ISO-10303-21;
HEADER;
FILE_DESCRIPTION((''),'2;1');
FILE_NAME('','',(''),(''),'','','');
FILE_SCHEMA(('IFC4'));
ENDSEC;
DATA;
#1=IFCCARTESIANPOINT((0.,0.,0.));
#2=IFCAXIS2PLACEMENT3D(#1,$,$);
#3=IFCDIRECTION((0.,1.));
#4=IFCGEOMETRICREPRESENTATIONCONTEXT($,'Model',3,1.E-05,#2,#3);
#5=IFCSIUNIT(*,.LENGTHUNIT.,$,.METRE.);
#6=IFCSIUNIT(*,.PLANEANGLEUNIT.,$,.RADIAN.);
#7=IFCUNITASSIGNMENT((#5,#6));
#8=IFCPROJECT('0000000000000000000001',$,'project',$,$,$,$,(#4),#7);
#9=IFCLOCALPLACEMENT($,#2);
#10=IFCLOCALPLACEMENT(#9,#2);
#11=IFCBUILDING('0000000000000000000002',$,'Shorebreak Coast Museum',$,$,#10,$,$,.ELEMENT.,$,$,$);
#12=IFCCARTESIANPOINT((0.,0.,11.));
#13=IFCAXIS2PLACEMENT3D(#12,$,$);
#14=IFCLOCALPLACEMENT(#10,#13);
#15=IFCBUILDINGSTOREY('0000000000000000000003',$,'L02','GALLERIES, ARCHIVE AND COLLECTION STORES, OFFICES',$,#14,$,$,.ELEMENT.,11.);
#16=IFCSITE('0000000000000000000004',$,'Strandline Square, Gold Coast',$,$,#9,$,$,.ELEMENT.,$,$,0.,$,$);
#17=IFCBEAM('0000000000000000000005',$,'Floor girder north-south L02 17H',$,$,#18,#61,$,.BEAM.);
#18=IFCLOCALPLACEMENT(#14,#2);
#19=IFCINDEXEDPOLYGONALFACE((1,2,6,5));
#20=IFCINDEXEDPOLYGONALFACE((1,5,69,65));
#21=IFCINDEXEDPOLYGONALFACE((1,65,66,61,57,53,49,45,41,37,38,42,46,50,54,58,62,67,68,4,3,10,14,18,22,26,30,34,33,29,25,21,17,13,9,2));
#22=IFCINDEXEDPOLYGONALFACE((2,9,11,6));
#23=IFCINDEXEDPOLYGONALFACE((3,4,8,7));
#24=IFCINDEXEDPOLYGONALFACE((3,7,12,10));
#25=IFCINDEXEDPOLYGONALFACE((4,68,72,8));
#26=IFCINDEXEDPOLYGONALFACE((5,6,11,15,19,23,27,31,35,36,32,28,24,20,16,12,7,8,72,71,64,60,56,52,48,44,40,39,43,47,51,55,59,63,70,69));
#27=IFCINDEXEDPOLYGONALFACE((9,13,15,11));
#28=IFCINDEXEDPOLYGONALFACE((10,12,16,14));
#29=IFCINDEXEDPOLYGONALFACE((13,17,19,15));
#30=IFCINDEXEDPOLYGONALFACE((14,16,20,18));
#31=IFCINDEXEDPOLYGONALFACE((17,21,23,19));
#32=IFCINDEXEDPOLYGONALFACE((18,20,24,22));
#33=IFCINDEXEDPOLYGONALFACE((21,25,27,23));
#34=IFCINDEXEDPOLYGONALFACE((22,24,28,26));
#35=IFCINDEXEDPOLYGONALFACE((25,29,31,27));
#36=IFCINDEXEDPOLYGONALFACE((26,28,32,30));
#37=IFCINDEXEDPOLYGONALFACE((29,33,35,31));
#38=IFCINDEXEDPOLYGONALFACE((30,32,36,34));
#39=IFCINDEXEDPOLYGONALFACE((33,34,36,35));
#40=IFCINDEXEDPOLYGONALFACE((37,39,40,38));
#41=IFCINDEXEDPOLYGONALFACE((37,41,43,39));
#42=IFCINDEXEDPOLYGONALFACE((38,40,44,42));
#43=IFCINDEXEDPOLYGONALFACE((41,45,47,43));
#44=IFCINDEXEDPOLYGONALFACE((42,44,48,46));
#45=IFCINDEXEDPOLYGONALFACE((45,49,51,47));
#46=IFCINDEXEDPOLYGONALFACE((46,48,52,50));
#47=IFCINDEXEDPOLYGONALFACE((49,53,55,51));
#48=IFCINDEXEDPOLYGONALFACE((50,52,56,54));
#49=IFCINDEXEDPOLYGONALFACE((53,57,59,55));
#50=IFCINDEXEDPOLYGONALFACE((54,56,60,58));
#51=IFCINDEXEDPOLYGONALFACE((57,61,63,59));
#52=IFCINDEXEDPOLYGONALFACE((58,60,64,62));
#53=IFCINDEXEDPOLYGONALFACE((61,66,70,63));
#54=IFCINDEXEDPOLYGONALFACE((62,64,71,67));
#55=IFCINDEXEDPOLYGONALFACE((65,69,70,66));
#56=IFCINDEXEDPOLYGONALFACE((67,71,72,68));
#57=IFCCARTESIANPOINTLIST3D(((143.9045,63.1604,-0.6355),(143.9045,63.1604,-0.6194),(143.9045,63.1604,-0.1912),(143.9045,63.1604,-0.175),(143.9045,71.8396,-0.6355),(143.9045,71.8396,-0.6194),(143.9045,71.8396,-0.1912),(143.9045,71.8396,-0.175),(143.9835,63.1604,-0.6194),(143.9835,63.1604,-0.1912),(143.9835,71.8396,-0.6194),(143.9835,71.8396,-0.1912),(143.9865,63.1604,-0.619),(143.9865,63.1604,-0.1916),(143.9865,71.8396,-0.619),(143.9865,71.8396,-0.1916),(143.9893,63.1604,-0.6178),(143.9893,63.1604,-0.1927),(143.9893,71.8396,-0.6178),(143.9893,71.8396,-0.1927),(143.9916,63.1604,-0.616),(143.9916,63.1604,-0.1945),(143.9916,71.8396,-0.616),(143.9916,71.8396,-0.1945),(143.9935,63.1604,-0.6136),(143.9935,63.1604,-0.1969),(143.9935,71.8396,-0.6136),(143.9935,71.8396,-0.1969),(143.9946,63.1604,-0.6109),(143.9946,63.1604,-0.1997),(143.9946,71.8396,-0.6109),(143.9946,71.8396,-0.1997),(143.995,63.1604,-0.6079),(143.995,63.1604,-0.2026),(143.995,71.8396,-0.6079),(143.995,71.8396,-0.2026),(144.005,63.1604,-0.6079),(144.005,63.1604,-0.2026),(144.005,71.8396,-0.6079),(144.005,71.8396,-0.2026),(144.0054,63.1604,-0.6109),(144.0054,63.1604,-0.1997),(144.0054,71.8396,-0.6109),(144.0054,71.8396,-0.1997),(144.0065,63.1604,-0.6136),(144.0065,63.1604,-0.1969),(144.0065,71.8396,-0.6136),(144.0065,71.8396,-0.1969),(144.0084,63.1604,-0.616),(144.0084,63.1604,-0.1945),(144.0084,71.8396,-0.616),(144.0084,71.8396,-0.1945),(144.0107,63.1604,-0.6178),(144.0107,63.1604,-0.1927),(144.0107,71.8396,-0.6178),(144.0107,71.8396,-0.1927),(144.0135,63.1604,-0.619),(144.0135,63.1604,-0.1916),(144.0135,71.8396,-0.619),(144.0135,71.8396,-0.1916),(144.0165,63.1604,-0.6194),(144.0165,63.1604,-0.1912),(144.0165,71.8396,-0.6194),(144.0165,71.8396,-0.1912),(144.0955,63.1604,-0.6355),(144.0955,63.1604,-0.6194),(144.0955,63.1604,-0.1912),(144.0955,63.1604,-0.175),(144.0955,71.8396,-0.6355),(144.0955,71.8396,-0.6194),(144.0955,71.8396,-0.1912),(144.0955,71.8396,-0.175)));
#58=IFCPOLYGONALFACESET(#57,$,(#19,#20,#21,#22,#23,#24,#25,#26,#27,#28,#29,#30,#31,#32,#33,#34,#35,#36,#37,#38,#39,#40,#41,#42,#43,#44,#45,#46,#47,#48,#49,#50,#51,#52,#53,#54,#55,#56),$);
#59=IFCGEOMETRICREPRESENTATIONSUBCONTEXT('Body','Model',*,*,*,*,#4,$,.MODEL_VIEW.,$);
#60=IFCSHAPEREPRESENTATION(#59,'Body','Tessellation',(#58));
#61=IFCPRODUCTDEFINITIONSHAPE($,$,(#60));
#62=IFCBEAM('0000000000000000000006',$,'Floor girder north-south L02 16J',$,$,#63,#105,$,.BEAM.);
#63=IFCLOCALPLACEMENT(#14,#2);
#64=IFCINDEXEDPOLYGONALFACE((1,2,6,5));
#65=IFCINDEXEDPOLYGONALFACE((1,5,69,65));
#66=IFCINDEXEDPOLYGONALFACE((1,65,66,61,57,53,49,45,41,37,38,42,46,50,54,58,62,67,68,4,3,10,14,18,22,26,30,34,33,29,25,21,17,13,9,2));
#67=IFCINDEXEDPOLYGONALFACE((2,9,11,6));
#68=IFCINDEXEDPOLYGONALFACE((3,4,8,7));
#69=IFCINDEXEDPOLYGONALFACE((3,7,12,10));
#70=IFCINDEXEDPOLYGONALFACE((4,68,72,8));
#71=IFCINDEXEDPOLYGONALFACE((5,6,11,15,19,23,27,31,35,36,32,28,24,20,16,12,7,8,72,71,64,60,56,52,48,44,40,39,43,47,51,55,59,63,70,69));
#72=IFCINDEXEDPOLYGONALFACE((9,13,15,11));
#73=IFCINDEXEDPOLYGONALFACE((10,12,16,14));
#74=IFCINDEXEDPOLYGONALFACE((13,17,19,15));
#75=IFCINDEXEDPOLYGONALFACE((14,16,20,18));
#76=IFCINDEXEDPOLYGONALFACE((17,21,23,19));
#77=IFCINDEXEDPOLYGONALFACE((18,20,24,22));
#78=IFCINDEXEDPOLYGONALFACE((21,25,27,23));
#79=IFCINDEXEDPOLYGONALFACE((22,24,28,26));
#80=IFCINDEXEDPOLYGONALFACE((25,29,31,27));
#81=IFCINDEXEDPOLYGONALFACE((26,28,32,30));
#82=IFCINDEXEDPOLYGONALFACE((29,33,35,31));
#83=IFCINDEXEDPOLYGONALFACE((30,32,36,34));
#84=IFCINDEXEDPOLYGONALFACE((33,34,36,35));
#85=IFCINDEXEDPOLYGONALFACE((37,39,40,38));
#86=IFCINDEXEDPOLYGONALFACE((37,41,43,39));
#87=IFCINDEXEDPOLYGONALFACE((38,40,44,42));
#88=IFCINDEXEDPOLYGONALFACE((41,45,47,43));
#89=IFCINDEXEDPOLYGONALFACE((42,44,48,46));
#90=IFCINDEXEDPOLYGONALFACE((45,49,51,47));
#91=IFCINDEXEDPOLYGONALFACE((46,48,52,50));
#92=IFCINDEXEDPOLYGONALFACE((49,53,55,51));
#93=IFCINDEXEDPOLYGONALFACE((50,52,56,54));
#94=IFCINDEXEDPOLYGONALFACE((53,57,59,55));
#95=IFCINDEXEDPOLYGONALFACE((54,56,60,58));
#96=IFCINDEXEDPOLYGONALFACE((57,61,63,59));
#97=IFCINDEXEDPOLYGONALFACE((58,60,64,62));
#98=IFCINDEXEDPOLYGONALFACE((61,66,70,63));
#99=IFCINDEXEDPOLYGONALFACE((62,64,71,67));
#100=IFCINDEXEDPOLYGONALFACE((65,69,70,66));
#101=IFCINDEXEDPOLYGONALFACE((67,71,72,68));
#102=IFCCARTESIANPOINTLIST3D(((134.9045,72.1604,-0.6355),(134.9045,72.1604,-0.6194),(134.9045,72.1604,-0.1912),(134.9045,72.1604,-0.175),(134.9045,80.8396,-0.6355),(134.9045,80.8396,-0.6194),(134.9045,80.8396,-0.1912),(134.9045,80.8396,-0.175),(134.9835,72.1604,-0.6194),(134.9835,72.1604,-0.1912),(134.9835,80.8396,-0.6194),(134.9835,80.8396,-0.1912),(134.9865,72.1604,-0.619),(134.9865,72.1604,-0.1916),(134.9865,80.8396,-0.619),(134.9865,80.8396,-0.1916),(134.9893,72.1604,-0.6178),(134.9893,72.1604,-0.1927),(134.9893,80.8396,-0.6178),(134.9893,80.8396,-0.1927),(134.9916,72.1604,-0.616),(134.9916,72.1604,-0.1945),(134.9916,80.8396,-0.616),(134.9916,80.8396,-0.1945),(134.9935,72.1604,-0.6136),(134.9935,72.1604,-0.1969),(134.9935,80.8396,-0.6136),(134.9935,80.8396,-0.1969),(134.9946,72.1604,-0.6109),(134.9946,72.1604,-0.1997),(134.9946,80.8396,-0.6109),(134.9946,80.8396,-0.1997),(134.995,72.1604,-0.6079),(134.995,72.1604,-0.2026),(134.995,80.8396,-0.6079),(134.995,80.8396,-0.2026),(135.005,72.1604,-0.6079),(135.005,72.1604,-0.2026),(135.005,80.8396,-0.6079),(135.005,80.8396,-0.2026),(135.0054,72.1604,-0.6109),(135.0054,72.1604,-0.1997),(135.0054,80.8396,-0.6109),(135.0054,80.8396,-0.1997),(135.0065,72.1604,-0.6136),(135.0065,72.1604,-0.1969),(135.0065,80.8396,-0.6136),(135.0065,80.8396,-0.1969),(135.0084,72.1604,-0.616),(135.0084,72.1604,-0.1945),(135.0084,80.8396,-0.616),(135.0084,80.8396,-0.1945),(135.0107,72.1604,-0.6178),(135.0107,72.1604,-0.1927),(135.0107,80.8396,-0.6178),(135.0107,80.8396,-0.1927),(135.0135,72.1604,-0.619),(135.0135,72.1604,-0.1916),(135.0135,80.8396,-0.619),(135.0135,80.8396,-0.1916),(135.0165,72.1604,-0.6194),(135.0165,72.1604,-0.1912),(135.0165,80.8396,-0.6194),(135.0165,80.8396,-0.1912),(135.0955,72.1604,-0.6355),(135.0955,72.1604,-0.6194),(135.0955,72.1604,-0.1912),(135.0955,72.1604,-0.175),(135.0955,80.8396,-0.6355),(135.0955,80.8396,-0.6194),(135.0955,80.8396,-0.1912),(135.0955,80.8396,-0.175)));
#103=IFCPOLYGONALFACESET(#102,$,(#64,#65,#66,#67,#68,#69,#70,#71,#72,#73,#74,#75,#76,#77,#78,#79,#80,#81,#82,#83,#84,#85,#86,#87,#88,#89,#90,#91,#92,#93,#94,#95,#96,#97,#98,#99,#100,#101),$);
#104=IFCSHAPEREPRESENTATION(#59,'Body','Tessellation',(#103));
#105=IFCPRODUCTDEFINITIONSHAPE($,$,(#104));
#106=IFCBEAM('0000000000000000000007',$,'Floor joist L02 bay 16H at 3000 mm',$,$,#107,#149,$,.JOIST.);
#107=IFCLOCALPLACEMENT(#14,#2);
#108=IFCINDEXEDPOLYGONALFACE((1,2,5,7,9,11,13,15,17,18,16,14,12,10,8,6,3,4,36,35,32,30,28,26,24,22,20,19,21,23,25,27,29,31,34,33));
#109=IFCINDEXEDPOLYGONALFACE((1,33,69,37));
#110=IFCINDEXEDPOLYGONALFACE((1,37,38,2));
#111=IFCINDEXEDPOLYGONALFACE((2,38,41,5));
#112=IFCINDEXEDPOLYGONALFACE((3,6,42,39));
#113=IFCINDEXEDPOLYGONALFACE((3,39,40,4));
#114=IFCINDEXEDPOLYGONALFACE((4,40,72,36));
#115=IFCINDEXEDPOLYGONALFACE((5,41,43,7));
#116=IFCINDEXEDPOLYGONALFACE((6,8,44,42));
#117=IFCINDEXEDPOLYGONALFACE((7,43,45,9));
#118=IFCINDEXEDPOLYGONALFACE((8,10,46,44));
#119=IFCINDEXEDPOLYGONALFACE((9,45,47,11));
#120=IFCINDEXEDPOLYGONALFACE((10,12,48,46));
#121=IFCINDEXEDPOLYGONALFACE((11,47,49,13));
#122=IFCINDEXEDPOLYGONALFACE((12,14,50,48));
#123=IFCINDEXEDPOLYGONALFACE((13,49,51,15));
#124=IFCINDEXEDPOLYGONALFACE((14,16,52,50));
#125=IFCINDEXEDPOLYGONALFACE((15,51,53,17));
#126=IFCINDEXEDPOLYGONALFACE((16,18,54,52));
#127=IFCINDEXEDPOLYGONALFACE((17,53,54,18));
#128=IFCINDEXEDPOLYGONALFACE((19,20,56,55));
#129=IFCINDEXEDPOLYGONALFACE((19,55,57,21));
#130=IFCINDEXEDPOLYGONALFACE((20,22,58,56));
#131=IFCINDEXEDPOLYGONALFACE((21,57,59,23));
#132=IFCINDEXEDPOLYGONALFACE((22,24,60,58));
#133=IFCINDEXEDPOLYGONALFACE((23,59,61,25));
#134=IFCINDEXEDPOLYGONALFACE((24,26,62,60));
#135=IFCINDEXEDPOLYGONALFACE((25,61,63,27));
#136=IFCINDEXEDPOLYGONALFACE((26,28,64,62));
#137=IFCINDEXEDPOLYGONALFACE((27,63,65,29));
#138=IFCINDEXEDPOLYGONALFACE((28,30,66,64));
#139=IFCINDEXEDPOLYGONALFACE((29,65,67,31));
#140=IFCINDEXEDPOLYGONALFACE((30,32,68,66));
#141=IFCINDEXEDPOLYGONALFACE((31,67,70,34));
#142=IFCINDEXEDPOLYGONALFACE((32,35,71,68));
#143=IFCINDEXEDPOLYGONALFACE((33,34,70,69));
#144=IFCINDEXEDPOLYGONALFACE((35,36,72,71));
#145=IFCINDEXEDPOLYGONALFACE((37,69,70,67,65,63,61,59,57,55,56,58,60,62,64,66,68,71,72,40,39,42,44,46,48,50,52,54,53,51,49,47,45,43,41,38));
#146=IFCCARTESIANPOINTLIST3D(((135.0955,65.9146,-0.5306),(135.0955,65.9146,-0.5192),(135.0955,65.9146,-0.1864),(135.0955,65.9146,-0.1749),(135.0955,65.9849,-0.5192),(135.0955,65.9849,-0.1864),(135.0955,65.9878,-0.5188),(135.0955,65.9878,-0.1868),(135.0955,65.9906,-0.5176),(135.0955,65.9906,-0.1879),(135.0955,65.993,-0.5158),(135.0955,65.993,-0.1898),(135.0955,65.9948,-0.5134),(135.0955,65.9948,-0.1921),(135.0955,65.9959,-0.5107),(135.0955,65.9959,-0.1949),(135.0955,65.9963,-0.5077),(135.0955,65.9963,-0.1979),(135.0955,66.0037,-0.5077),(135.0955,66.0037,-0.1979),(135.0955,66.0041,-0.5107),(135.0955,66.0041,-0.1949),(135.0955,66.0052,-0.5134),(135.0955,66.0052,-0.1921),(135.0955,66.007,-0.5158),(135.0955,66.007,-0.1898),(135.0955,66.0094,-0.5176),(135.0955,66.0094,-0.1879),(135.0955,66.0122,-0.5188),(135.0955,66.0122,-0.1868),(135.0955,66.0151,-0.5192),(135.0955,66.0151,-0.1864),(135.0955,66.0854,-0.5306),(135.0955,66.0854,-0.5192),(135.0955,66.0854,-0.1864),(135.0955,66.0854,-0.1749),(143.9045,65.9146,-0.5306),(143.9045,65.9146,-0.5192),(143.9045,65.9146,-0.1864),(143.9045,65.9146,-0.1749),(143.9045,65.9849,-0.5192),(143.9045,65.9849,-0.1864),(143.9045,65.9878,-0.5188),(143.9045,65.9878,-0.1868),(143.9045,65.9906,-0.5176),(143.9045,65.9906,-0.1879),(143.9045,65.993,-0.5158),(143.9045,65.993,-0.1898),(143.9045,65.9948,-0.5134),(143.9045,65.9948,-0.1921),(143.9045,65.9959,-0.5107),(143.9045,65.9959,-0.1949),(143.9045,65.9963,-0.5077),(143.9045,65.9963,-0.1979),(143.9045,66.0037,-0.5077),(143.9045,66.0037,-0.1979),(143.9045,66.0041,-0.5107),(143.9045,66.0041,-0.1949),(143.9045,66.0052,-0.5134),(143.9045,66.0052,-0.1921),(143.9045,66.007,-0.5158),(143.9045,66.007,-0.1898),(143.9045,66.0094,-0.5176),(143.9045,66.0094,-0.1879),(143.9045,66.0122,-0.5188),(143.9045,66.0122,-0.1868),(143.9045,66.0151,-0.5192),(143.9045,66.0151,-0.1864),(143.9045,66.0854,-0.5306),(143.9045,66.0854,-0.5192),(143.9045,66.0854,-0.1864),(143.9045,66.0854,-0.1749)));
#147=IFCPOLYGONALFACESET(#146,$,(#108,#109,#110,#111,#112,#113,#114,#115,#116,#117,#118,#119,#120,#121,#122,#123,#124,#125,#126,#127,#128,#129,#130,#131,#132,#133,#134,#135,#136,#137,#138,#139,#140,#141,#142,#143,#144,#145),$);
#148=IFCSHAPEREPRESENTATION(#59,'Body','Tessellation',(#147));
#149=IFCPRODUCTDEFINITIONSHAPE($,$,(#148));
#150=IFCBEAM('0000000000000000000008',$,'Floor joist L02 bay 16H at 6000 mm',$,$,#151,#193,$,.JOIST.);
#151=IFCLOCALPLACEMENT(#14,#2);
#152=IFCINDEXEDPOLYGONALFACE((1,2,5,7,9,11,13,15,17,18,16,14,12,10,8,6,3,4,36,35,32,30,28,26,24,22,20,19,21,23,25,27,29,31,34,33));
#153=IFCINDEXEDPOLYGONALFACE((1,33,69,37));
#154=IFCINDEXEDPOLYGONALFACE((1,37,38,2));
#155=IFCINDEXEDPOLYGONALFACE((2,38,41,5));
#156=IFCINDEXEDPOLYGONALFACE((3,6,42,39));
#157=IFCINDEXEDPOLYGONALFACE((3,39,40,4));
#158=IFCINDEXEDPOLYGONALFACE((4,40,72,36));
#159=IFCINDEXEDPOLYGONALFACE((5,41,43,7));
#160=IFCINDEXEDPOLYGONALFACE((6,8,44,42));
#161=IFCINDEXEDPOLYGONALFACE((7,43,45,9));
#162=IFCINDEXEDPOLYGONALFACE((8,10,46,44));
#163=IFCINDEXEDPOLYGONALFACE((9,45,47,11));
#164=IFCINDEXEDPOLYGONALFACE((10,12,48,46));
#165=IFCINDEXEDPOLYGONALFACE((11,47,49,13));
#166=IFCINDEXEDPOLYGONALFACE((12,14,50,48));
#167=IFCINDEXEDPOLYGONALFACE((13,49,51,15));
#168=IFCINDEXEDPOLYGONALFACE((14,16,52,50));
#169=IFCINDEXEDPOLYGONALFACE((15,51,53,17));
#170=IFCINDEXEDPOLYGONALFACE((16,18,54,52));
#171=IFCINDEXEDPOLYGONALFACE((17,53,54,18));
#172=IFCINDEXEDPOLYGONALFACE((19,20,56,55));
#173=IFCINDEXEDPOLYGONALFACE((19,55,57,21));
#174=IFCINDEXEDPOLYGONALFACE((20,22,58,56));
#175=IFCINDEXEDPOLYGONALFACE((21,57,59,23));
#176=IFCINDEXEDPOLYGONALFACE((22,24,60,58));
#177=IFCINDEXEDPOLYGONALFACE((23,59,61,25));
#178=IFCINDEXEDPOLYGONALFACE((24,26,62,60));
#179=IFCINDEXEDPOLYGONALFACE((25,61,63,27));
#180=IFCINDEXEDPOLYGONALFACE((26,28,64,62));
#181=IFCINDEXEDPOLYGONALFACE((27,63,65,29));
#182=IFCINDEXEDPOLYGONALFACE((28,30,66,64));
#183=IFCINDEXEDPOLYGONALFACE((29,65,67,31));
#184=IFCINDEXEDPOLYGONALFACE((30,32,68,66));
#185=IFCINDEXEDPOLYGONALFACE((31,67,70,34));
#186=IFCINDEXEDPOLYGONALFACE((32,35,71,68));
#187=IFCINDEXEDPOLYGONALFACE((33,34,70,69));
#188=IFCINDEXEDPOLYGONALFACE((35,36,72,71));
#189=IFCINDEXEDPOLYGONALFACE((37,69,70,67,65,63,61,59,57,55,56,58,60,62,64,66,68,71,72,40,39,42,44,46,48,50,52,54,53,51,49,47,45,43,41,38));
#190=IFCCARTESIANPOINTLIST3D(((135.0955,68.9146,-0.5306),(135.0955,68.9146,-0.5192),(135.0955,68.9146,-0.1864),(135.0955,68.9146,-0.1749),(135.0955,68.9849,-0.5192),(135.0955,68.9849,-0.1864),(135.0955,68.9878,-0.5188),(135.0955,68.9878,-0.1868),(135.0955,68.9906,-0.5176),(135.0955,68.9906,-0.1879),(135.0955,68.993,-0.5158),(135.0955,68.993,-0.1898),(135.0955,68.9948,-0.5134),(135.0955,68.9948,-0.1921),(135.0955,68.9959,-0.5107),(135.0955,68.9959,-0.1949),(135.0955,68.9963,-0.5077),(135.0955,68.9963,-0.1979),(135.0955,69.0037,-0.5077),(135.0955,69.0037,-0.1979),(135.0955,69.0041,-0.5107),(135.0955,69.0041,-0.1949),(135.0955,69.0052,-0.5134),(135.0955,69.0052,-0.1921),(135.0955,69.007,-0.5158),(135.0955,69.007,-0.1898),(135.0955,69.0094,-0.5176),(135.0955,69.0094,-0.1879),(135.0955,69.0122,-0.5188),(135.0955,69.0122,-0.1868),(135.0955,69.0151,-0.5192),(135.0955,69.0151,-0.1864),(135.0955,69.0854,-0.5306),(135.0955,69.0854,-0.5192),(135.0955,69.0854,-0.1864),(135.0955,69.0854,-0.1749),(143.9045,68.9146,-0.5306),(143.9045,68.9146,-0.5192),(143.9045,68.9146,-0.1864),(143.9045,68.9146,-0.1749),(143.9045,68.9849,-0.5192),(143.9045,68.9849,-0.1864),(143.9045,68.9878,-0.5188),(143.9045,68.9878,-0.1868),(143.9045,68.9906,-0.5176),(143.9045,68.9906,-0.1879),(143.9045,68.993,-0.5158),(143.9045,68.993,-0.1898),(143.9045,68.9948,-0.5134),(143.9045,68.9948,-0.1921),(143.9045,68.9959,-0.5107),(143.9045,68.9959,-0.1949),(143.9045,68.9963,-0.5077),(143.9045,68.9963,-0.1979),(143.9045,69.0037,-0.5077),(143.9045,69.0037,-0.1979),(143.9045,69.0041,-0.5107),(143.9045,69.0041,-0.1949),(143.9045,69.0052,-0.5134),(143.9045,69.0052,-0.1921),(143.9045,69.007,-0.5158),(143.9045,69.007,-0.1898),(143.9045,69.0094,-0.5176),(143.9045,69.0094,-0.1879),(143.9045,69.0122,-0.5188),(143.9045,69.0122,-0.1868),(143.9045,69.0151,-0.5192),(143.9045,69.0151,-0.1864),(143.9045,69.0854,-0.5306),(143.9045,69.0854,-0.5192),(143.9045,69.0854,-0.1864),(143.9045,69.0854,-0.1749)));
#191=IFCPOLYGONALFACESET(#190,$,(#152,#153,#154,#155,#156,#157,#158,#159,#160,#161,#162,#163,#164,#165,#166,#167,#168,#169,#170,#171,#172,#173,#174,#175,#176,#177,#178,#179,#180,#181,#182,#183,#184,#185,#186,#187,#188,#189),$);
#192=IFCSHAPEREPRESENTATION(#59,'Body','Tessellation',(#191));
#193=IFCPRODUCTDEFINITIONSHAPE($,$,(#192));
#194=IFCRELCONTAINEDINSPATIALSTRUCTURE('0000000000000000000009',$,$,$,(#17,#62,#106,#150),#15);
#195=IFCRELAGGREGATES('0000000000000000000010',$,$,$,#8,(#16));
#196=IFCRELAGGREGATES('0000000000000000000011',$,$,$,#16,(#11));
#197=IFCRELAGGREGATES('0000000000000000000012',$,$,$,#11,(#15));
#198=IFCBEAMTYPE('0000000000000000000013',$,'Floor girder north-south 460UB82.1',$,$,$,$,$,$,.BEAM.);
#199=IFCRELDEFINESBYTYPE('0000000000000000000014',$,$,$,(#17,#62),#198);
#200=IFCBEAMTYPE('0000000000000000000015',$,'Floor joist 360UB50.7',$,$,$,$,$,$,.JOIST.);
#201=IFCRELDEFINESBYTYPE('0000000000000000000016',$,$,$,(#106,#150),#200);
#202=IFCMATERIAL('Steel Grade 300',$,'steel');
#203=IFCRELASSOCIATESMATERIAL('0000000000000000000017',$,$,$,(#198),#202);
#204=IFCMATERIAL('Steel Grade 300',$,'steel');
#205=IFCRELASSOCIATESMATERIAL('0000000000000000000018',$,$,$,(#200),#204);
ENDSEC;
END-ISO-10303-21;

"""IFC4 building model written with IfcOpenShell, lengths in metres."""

from ifc_helpers import new_model, si_unit, direction, frame, origin, origin_2d, place, context, subcontext, project, spatial, i_section, extrude, material, material_profile, profile_set, type_object, element, save


model = new_model("IFC4")

# Units and contexts
model_context = context("Model", 3, precision=1e-05, world=origin(), true_north=direction((0.0, 1.0)))
body_context = subcontext(model_context, "Body", "Model", "MODEL_VIEW")
ifc_project = project(units=[si_unit("LENGTHUNIT", "METRE"), si_unit("PLANEANGLEUNIT", "RADIAN")], contexts=[model_context])

# Site, building, storey
site_placement = place(None, origin())
site = spatial("IfcSite", under=ifc_project, at=site_placement, Name="Strandline Square, Gold Coast", CompositionType="ELEMENT", RefElevation=0.0)
building_placement = place(site_placement, origin())
building = spatial("IfcBuilding", under=site, at=building_placement, Name="Shorebreak Coast Museum", CompositionType="ELEMENT")
storey_placement = place(building_placement, frame((0.0, 0.0, 11.0)))
storey = spatial("IfcBuildingStorey", under=building, at=storey_placement, Name="L02", Description="GALLERIES, ARCHIVE AND COLLECTION STORES, OFFICES", CompositionType="ELEMENT", Elevation=11.0)

# Beams
ifc_material_1 = material(Name="Steel Grade 300", Category="steel")
ifc_material_profile_1 = material_profile(ifc_material_1, i_section(OverallWidth=0.1909, OverallDepth=0.4604, WebThickness=0.01, FlangeThickness=0.0161, FilletRadius=0.0115, at=origin_2d()), Name="460UB82.1")
ifc_profile_set_1 = profile_set([ifc_material_profile_1], Name="Steel Grade 300")
beam_type_1 = type_object("IfcBeamType", Name="Floor girder north-south 460UB82.1", PredefinedType="BEAM", material=ifc_profile_set_1)
for number, where, z_axis, x_axis, name in (
    (1, (144.0, 63.1604, -0.4053), (0.0, 1.0, 0.0), (-1.0, 0.0, 0.0), "Floor girder north-south L02 17H"),
    (2, (135.0, 72.1604, -0.4053), (0.0, 1.0, 0.0), (-1.0, 0.0, 0.0), "Floor girder north-south L02 16J"),
):
    element("IfcBeam", number, at=place(storey_placement, frame(where, z_axis=z_axis, x_axis=x_axis)), inside=storey, type_object=beam_type_1, Name=name, PredefinedType="BEAM", context=body_context, shape_type="SweptSolid", body=[
        extrude(i_section(OverallWidth=0.1909, OverallDepth=0.4604, WebThickness=0.01, FlangeThickness=0.0161, FilletRadius=0.0115, at=origin_2d()), origin(), (0.0, 0.0, 1.0), 8.6792),
    ])
ifc_material_2 = material(Name="Steel Grade 300", Category="steel")
ifc_material_profile_2 = material_profile(ifc_material_2, i_section(OverallWidth=0.1709, OverallDepth=0.3557, WebThickness=0.0073, FlangeThickness=0.0115, FilletRadius=0.0115, at=origin_2d()), Name="360UB50.7")
ifc_profile_set_2 = profile_set([ifc_material_profile_2], Name="Steel Grade 300")
beam_type_2 = type_object("IfcBeamType", Name="Floor joist 360UB50.7", PredefinedType="JOIST", material=ifc_profile_set_2)
for number, where, z_axis, x_axis, name in (
    (3, (135.0955, 66.0, -0.3528), (1.0, 0.0, 0.0), (0.0, 1.0, 0.0), "Floor joist L02 bay 16H at 3000 mm"),
    (4, (135.0955, 69.0, -0.3528), (1.0, 0.0, 0.0), (0.0, 1.0, 0.0), "Floor joist L02 bay 16H at 6000 mm"),
):
    element("IfcBeam", number, at=place(storey_placement, frame(where, z_axis=z_axis, x_axis=x_axis)), inside=storey, type_object=beam_type_2, Name=name, PredefinedType="JOIST", context=body_context, shape_type="SweptSolid", body=[
        extrude(i_section(OverallWidth=0.1709, OverallDepth=0.3557, WebThickness=0.0073, FlangeThickness=0.0115, FilletRadius=0.0115, at=origin_2d()), origin(), (0.0, 0.0, 1.0), 8.8091),
    ])

save(model, "model.ifc")
